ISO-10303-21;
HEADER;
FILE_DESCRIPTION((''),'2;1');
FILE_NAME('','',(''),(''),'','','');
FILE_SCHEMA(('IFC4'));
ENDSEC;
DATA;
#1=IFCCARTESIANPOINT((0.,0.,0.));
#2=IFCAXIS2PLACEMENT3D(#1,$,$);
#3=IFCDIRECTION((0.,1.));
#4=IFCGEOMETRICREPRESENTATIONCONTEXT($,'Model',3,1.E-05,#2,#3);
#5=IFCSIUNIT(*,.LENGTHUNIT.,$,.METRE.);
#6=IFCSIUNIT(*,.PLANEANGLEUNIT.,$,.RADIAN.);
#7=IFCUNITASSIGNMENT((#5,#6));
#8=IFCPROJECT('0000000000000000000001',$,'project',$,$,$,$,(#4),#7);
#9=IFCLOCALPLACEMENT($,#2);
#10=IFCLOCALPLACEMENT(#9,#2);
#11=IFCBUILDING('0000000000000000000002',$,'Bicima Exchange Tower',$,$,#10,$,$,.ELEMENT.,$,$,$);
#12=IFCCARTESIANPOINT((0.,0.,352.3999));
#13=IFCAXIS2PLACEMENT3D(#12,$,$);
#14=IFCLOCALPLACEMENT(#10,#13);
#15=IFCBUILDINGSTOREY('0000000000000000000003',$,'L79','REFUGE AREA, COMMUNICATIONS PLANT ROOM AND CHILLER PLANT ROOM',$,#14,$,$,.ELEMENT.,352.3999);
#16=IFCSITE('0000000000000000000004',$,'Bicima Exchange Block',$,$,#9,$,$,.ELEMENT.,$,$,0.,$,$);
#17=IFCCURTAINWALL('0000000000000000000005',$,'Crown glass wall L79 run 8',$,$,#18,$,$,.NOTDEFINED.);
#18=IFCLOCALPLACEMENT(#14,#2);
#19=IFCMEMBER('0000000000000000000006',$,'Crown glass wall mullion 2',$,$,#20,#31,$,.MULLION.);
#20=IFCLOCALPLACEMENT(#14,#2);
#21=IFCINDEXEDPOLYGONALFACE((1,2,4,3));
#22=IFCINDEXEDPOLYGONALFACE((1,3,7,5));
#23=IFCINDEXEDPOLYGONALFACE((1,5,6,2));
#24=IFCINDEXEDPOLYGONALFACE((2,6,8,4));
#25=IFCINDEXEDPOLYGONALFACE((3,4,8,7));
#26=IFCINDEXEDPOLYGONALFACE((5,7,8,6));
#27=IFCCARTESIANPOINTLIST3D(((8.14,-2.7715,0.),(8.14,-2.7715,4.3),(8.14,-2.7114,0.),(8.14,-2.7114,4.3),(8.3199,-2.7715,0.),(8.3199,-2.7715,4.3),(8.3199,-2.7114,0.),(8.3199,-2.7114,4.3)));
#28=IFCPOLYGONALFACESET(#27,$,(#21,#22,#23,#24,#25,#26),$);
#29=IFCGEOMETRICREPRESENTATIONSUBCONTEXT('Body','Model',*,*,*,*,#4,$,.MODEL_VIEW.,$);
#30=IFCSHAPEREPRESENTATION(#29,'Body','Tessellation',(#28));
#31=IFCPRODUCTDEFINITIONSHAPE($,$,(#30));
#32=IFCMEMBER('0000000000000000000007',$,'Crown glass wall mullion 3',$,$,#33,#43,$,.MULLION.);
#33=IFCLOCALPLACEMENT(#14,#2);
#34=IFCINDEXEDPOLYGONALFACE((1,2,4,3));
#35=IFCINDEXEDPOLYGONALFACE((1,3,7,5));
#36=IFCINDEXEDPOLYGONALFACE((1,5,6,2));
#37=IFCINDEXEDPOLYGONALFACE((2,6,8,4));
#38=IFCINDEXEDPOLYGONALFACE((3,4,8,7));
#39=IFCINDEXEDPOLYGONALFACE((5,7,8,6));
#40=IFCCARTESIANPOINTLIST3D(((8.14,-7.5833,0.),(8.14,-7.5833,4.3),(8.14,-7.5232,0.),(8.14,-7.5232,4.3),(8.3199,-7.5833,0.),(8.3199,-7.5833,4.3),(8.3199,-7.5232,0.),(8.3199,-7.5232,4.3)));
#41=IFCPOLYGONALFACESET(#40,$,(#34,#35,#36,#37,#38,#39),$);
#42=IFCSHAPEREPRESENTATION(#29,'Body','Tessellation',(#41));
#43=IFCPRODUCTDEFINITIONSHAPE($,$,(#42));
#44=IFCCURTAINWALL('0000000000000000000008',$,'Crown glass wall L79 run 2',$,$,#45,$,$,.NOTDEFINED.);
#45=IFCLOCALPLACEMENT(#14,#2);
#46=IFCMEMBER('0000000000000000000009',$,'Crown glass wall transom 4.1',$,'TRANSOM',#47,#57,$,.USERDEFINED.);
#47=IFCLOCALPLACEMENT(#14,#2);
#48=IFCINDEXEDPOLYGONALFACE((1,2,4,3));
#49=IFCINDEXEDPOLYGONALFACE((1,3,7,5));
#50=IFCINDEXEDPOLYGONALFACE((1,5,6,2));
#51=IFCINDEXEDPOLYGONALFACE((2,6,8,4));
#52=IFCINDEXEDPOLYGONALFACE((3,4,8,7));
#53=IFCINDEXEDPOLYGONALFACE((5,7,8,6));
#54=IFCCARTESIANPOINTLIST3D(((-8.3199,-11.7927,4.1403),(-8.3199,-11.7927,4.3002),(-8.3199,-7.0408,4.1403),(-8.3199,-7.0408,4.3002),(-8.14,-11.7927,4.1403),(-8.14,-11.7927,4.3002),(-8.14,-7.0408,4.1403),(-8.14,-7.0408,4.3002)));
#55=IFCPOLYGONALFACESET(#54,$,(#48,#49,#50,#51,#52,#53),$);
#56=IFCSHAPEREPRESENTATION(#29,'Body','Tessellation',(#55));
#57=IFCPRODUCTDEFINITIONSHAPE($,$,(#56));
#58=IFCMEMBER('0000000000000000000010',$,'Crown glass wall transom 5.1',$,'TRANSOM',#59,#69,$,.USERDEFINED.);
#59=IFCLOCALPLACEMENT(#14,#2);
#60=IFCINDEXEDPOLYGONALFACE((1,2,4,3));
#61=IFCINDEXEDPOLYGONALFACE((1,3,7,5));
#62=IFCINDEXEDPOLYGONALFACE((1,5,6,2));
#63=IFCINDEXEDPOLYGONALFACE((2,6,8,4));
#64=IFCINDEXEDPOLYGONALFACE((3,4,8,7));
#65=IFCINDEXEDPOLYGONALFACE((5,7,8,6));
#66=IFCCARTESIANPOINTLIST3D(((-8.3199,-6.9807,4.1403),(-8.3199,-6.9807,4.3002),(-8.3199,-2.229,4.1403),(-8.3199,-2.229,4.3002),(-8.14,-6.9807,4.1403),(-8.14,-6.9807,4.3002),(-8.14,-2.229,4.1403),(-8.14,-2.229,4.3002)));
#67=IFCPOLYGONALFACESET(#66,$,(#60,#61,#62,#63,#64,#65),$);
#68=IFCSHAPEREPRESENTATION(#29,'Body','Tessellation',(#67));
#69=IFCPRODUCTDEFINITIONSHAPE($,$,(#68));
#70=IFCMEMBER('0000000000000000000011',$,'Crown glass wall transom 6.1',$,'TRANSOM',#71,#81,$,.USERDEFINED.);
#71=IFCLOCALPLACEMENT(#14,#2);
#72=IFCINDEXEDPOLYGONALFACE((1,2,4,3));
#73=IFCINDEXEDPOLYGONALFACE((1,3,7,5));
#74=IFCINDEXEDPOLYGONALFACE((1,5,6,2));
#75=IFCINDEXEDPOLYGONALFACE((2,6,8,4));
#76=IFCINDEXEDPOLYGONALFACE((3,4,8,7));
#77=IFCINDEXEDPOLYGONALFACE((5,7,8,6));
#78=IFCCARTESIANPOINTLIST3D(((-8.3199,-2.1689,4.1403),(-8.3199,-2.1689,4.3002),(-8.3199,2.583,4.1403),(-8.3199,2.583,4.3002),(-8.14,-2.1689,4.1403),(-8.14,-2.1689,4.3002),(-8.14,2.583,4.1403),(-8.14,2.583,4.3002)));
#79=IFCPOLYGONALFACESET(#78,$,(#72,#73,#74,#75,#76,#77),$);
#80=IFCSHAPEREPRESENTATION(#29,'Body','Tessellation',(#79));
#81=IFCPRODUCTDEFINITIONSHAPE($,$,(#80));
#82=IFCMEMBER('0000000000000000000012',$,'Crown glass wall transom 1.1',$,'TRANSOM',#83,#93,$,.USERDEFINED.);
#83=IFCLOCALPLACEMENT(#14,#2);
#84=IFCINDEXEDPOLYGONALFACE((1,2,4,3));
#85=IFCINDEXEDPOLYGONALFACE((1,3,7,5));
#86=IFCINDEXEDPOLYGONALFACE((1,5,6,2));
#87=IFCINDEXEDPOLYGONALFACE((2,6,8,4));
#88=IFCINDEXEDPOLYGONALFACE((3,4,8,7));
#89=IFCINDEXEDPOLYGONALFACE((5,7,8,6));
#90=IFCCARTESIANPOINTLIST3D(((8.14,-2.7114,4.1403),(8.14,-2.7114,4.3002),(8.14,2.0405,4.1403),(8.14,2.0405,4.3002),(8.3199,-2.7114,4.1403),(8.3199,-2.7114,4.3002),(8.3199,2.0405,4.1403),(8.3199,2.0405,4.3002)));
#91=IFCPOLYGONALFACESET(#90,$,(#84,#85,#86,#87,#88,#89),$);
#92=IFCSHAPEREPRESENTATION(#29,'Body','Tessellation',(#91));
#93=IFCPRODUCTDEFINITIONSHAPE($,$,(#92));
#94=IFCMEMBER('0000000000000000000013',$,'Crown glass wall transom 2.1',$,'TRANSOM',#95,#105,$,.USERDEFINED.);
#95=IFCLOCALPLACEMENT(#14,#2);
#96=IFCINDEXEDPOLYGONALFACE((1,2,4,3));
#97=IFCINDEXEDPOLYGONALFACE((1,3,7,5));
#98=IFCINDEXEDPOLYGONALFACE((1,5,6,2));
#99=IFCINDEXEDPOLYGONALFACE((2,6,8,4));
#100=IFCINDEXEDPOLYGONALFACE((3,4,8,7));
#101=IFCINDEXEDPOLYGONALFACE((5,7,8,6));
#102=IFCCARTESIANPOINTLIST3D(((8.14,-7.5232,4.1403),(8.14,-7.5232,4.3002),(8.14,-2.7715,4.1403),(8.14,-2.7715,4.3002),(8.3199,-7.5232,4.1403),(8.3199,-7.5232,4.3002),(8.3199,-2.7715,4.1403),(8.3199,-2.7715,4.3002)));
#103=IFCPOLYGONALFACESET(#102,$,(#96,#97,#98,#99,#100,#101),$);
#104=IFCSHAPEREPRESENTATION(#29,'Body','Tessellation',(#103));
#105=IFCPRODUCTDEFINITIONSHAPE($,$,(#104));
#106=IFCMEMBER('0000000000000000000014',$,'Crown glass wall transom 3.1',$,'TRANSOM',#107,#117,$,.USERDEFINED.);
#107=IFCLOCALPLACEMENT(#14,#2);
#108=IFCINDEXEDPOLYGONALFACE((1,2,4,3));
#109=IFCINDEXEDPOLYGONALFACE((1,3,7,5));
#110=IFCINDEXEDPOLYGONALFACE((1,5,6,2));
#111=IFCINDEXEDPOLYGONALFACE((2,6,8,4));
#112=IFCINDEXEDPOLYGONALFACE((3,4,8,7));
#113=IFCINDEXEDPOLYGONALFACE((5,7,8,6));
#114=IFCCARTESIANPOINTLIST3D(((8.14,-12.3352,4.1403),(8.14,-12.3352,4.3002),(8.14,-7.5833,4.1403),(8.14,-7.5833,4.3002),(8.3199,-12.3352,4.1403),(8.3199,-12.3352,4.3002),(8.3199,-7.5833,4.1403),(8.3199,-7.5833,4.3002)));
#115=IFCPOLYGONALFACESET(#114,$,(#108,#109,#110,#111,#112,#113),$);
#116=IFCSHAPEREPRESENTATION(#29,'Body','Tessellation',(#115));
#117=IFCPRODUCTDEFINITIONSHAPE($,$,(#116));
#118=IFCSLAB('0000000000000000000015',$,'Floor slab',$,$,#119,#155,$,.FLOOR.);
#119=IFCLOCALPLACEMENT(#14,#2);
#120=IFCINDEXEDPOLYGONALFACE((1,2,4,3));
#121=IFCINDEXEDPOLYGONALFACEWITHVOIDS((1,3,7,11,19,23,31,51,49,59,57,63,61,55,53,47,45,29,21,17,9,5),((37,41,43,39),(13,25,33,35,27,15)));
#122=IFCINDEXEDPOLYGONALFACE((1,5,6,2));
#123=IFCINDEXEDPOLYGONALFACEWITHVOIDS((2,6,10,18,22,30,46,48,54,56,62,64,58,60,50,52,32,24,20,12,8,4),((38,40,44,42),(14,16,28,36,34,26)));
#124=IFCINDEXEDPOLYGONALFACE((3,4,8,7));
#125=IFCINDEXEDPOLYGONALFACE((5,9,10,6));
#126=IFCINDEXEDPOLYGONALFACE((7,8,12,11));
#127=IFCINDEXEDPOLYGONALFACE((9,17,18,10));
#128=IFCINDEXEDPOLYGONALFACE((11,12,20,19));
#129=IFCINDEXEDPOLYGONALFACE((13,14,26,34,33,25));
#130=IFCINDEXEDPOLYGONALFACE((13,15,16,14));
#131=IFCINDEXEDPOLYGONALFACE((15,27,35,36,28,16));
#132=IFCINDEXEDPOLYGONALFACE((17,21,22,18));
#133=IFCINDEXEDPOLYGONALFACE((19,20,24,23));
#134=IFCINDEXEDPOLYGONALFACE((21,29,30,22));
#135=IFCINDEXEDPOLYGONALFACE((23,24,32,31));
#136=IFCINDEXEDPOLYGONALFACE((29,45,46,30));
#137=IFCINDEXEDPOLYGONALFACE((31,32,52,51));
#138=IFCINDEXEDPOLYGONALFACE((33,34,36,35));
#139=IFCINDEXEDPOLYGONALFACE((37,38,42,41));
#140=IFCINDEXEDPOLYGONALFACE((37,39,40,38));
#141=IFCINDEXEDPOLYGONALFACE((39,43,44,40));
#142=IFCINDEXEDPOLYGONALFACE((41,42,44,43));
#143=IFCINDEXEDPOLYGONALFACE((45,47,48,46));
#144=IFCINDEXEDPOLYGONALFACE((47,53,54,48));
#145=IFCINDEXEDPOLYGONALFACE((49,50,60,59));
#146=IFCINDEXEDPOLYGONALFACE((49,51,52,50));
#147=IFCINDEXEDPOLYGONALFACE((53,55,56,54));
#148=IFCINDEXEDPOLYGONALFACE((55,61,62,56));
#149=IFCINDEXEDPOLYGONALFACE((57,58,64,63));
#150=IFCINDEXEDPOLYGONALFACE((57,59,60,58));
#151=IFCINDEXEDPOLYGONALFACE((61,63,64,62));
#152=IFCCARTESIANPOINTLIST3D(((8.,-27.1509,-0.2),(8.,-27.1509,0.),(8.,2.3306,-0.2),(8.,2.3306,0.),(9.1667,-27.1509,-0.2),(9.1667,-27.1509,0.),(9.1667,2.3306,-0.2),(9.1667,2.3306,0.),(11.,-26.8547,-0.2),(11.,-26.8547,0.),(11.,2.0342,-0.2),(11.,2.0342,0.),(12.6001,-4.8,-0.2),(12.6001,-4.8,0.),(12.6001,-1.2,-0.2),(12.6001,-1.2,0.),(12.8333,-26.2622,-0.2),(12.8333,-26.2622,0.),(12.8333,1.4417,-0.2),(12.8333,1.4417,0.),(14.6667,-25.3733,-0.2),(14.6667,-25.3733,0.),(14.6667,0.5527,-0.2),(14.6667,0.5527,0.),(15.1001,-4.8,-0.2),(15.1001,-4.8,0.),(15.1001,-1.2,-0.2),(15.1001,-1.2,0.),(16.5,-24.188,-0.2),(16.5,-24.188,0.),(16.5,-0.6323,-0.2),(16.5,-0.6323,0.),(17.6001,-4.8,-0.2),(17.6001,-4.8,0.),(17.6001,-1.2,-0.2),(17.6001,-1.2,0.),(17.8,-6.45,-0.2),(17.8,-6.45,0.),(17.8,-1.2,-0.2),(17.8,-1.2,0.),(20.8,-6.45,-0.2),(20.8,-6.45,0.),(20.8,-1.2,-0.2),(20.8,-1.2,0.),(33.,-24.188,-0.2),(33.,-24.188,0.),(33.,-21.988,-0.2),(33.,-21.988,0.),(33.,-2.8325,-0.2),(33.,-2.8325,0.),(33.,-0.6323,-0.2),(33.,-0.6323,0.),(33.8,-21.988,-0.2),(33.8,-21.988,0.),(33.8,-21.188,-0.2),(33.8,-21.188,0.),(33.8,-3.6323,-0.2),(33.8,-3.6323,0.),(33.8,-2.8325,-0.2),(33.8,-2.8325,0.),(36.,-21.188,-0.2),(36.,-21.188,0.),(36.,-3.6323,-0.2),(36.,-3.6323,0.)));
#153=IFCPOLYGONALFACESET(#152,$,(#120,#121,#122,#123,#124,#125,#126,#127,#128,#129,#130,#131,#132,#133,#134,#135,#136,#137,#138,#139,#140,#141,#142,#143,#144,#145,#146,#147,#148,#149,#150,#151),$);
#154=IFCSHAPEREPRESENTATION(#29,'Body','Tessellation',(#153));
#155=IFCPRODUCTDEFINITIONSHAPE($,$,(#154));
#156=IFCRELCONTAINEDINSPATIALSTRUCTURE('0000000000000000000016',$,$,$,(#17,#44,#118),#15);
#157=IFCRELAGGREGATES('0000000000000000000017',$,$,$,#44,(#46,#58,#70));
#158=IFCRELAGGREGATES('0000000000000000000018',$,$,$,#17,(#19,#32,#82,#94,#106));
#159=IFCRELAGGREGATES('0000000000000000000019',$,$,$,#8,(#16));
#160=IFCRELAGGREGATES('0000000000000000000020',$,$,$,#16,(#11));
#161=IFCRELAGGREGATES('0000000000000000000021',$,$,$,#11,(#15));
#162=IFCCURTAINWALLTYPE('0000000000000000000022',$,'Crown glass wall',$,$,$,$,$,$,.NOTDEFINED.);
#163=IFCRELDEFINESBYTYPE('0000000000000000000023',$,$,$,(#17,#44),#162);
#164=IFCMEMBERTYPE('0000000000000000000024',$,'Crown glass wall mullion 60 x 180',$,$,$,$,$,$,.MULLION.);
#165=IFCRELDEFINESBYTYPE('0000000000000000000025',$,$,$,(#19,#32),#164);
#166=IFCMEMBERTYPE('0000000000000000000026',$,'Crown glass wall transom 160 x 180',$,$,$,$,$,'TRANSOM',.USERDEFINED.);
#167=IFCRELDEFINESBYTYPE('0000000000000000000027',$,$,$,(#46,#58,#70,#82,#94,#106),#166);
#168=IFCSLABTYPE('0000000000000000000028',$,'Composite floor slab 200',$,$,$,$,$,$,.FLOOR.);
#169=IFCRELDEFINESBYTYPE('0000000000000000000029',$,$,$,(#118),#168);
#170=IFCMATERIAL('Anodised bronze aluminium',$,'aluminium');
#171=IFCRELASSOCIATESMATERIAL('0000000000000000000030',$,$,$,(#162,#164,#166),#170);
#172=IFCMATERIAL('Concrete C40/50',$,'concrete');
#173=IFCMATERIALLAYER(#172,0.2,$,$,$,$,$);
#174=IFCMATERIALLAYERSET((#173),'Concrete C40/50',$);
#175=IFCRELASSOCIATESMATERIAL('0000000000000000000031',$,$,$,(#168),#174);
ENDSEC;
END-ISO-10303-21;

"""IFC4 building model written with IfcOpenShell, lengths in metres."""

from ifc_helpers import new_model, si_unit, direction, frame, origin, origin_2d, place, context, subcontext, project, spatial, polyline, rectangle, outline, extrude, material, layer, layer_set, material_profile, profile_set, type_object, element, aggregate, save


model = new_model("IFC4")

# Units and contexts
model_context = context("Model", 3, precision=1e-05, world=origin(), true_north=direction((0.0, 1.0)))
body_context = subcontext(model_context, "Body", "Model", "MODEL_VIEW")
ifc_project = project(units=[si_unit("LENGTHUNIT", "METRE"), si_unit("PLANEANGLEUNIT", "RADIAN")], contexts=[model_context])

# Site, building, storey
site_placement = place(None, origin())
site = spatial("IfcSite", under=ifc_project, at=site_placement, Name="Bicima Exchange Block", CompositionType="ELEMENT", RefElevation=0.0)
building_placement = place(site_placement, origin())
building = spatial("IfcBuilding", under=site, at=building_placement, Name="Bicima Exchange Tower", CompositionType="ELEMENT")
storey_placement = place(building_placement, frame((0.0, 0.0, 352.3999)))
storey = spatial("IfcBuildingStorey", under=building, at=storey_placement, Name="L79", Description="REFUGE AREA, COMMUNICATIONS PLANT ROOM AND CHILLER PLANT ROOM", CompositionType="ELEMENT", Elevation=352.3999)

# Curtain walls, members
ifc_material_1 = material(Name="Anodised bronze aluminium", Category="aluminium")
curtain_wall_type = type_object("IfcCurtainWallType", Name="Crown glass wall", PredefinedType="NOTDEFINED", material=ifc_material_1)
curtain_wall_1_placement = place(storey_placement, origin())
curtain_wall_1 = element("IfcCurtainWall", 1, at=curtain_wall_1_placement, inside=storey, type_object=curtain_wall_type, Name="Crown glass wall L79 run 8", PredefinedType="NOTDEFINED")
ifc_material_profile_1 = material_profile(ifc_material_1, rectangle(XDim=0.1799, YDim=0.0601, at=origin_2d()))
ifc_profile_set_1 = profile_set([ifc_material_profile_1], Name="Anodised bronze aluminium")
member_type_1 = type_object("IfcMemberType", Name="Crown glass wall mullion 60 x 180", PredefinedType="MULLION", material=ifc_profile_set_1)
member_1_placement = place(storey_placement, frame((8.23, -2.7415, 0.0), z_axis=(0.0, 0.0, 1.0), x_axis=(1.0, 0.0, 0.0)))
member_1 = element("IfcMember", 2, at=member_1_placement, type_object=member_type_1, Name="Crown glass wall mullion 2", PredefinedType="MULLION", context=body_context, shape_type="SweptSolid", body=[
    extrude(rectangle(XDim=0.1799, YDim=0.0601, at=origin_2d()), origin(), (0.0, 0.0, 1.0), 4.3),
])
member_2_placement = place(storey_placement, frame((8.23, -7.5532, 0.0), z_axis=(0.0, 0.0, 1.0), x_axis=(1.0, 0.0, 0.0)))
member_2 = element("IfcMember", 3, at=member_2_placement, type_object=member_type_1, Name="Crown glass wall mullion 3", PredefinedType="MULLION", context=body_context, shape_type="SweptSolid", body=[
    extrude(rectangle(XDim=0.1799, YDim=0.0601, at=origin_2d()), origin(), (0.0, 0.0, 1.0), 4.3),
])
curtain_wall_2_placement = place(storey_placement, origin())
curtain_wall_2 = element("IfcCurtainWall", 4, at=curtain_wall_2_placement, inside=storey, type_object=curtain_wall_type, Name="Crown glass wall L79 run 2", PredefinedType="NOTDEFINED")
ifc_material_profile_2 = material_profile(ifc_material_1, rectangle(XDim=0.1799, YDim=0.1599, at=origin_2d()))
ifc_profile_set_2 = profile_set([ifc_material_profile_2], Name="Anodised bronze aluminium")
member_type_2 = type_object("IfcMemberType", Name="Crown glass wall transom 160 x 180", ElementType="TRANSOM", PredefinedType="USERDEFINED", material=ifc_profile_set_2)
member_3_placement = place(storey_placement, frame((-8.23, -11.7927, 4.2202), z_axis=(0.0, 1.0, 0.0), x_axis=(-1.0, 0.0, 0.0)))
member_3 = element("IfcMember", 5, at=member_3_placement, type_object=member_type_2, Name="Crown glass wall transom 4.1", ObjectType="TRANSOM", PredefinedType="USERDEFINED", context=body_context, shape_type="SweptSolid", body=[
    extrude(rectangle(XDim=0.1799, YDim=0.1599, at=origin_2d()), origin(), (0.0, 0.0, 1.0), 4.752),
])
member_4_placement = place(storey_placement, frame((-8.23, -6.9807, 4.2202), z_axis=(0.0, 1.0, 0.0), x_axis=(-1.0, 0.0, 0.0)))
member_4 = element("IfcMember", 6, at=member_4_placement, type_object=member_type_2, Name="Crown glass wall transom 5.1", ObjectType="TRANSOM", PredefinedType="USERDEFINED", context=body_context, shape_type="SweptSolid", body=[
    extrude(rectangle(XDim=0.1799, YDim=0.1599, at=origin_2d()), origin(), (0.0, 0.0, 1.0), 4.7517),
])
member_5_placement = place(storey_placement, frame((-8.23, -2.1689, 4.2202), z_axis=(0.0, 1.0, 0.0), x_axis=(-1.0, 0.0, 0.0)))
member_5 = element("IfcMember", 7, at=member_5_placement, type_object=member_type_2, Name="Crown glass wall transom 6.1", ObjectType="TRANSOM", PredefinedType="USERDEFINED", context=body_context, shape_type="SweptSolid", body=[
    extrude(rectangle(XDim=0.1799, YDim=0.1599, at=origin_2d()), origin(), (0.0, 0.0, 1.0), 4.752),
])

# Members
member_6_placement = place(storey_placement, frame((8.23, 2.0405, 4.2202), z_axis=(0.0, -1.0, 0.0), x_axis=(1.0, 0.0, 0.0)))
member_6 = element("IfcMember", 8, at=member_6_placement, type_object=member_type_2, Name="Crown glass wall transom 1.1", ObjectType="TRANSOM", PredefinedType="USERDEFINED", context=body_context, shape_type="SweptSolid", body=[
    extrude(rectangle(XDim=0.1799, YDim=0.1599, at=origin_2d()), origin(), (0.0, 0.0, 1.0), 4.752),
])
member_7_placement = place(storey_placement, frame((8.23, -2.7715, 4.2202), z_axis=(0.0, -1.0, 0.0), x_axis=(1.0, 0.0, 0.0)))
member_7 = element("IfcMember", 9, at=member_7_placement, type_object=member_type_2, Name="Crown glass wall transom 2.1", ObjectType="TRANSOM", PredefinedType="USERDEFINED", context=body_context, shape_type="SweptSolid", body=[
    extrude(rectangle(XDim=0.1799, YDim=0.1599, at=origin_2d()), origin(), (0.0, 0.0, 1.0), 4.7517),
])
member_8_placement = place(storey_placement, frame((8.23, -7.5833, 4.2202), z_axis=(0.0, -1.0, 0.0), x_axis=(1.0, 0.0, 0.0)))
member_8 = element("IfcMember", 10, at=member_8_placement, type_object=member_type_2, Name="Crown glass wall transom 3.1", ObjectType="TRANSOM", PredefinedType="USERDEFINED", context=body_context, shape_type="SweptSolid", body=[
    extrude(rectangle(XDim=0.1799, YDim=0.1599, at=origin_2d()), origin(), (0.0, 0.0, 1.0), 4.752),
])

# Slab
ifc_material_2 = material(Name="Concrete C40/50", Category="concrete")
ifc_layer_1 = layer(ifc_material_2, 0.2)
ifc_layer_set_1 = layer_set([ifc_layer_1], Name="Concrete C40/50")
slab_type_1 = type_object("IfcSlabType", Name="Composite floor slab 200", PredefinedType="FLOOR", material=ifc_layer_set_1)
slab_1_placement = place(storey_placement, frame((0.0, 0.0, -0.2)))
element("IfcSlab", 11, at=slab_1_placement, inside=storey, type_object=slab_type_1, Name="Floor slab", PredefinedType="FLOOR", context=body_context, shape_type="SweptSolid", body=[
    extrude(outline(polyline([(33.0, -24.188), (16.5, -24.188), (14.6667, -25.3733), (12.8333, -26.2622), (11.0, -26.8547), (9.1667, -27.1509), (8.0, -27.1509), (8.0, 2.3306), (9.1667, 2.3306), (11.0, 2.0342), (12.8333, 1.4417), (14.6667, 0.5527), (16.5, -0.6323), (33.0, -0.6323), (33.0, -2.8325), (33.8, -2.8325), (33.8, -3.6323), (36.0, -3.6323), (36.0, -21.188), (33.8, -21.188), (33.8, -21.988), (33.0, -21.988), (33.0, -24.188)]), holes=[polyline([(17.8, -1.2), (17.8, -6.45), (20.8, -6.45), (20.8, -1.2), (17.8, -1.2)]), polyline([(15.1001, -1.2), (12.6001, -1.2), (12.6001, -4.8), (15.1001, -4.8), (17.6001, -4.8), (17.6001, -1.2), (15.1001, -1.2)])]), origin(), (0.0, 0.0, 1.0), 0.2),
])

aggregate(curtain_wall_2, [member_3, member_4, member_5])
aggregate(curtain_wall_1, [member_1, member_2, member_6, member_7, member_8])

save(model, "model.ifc")
